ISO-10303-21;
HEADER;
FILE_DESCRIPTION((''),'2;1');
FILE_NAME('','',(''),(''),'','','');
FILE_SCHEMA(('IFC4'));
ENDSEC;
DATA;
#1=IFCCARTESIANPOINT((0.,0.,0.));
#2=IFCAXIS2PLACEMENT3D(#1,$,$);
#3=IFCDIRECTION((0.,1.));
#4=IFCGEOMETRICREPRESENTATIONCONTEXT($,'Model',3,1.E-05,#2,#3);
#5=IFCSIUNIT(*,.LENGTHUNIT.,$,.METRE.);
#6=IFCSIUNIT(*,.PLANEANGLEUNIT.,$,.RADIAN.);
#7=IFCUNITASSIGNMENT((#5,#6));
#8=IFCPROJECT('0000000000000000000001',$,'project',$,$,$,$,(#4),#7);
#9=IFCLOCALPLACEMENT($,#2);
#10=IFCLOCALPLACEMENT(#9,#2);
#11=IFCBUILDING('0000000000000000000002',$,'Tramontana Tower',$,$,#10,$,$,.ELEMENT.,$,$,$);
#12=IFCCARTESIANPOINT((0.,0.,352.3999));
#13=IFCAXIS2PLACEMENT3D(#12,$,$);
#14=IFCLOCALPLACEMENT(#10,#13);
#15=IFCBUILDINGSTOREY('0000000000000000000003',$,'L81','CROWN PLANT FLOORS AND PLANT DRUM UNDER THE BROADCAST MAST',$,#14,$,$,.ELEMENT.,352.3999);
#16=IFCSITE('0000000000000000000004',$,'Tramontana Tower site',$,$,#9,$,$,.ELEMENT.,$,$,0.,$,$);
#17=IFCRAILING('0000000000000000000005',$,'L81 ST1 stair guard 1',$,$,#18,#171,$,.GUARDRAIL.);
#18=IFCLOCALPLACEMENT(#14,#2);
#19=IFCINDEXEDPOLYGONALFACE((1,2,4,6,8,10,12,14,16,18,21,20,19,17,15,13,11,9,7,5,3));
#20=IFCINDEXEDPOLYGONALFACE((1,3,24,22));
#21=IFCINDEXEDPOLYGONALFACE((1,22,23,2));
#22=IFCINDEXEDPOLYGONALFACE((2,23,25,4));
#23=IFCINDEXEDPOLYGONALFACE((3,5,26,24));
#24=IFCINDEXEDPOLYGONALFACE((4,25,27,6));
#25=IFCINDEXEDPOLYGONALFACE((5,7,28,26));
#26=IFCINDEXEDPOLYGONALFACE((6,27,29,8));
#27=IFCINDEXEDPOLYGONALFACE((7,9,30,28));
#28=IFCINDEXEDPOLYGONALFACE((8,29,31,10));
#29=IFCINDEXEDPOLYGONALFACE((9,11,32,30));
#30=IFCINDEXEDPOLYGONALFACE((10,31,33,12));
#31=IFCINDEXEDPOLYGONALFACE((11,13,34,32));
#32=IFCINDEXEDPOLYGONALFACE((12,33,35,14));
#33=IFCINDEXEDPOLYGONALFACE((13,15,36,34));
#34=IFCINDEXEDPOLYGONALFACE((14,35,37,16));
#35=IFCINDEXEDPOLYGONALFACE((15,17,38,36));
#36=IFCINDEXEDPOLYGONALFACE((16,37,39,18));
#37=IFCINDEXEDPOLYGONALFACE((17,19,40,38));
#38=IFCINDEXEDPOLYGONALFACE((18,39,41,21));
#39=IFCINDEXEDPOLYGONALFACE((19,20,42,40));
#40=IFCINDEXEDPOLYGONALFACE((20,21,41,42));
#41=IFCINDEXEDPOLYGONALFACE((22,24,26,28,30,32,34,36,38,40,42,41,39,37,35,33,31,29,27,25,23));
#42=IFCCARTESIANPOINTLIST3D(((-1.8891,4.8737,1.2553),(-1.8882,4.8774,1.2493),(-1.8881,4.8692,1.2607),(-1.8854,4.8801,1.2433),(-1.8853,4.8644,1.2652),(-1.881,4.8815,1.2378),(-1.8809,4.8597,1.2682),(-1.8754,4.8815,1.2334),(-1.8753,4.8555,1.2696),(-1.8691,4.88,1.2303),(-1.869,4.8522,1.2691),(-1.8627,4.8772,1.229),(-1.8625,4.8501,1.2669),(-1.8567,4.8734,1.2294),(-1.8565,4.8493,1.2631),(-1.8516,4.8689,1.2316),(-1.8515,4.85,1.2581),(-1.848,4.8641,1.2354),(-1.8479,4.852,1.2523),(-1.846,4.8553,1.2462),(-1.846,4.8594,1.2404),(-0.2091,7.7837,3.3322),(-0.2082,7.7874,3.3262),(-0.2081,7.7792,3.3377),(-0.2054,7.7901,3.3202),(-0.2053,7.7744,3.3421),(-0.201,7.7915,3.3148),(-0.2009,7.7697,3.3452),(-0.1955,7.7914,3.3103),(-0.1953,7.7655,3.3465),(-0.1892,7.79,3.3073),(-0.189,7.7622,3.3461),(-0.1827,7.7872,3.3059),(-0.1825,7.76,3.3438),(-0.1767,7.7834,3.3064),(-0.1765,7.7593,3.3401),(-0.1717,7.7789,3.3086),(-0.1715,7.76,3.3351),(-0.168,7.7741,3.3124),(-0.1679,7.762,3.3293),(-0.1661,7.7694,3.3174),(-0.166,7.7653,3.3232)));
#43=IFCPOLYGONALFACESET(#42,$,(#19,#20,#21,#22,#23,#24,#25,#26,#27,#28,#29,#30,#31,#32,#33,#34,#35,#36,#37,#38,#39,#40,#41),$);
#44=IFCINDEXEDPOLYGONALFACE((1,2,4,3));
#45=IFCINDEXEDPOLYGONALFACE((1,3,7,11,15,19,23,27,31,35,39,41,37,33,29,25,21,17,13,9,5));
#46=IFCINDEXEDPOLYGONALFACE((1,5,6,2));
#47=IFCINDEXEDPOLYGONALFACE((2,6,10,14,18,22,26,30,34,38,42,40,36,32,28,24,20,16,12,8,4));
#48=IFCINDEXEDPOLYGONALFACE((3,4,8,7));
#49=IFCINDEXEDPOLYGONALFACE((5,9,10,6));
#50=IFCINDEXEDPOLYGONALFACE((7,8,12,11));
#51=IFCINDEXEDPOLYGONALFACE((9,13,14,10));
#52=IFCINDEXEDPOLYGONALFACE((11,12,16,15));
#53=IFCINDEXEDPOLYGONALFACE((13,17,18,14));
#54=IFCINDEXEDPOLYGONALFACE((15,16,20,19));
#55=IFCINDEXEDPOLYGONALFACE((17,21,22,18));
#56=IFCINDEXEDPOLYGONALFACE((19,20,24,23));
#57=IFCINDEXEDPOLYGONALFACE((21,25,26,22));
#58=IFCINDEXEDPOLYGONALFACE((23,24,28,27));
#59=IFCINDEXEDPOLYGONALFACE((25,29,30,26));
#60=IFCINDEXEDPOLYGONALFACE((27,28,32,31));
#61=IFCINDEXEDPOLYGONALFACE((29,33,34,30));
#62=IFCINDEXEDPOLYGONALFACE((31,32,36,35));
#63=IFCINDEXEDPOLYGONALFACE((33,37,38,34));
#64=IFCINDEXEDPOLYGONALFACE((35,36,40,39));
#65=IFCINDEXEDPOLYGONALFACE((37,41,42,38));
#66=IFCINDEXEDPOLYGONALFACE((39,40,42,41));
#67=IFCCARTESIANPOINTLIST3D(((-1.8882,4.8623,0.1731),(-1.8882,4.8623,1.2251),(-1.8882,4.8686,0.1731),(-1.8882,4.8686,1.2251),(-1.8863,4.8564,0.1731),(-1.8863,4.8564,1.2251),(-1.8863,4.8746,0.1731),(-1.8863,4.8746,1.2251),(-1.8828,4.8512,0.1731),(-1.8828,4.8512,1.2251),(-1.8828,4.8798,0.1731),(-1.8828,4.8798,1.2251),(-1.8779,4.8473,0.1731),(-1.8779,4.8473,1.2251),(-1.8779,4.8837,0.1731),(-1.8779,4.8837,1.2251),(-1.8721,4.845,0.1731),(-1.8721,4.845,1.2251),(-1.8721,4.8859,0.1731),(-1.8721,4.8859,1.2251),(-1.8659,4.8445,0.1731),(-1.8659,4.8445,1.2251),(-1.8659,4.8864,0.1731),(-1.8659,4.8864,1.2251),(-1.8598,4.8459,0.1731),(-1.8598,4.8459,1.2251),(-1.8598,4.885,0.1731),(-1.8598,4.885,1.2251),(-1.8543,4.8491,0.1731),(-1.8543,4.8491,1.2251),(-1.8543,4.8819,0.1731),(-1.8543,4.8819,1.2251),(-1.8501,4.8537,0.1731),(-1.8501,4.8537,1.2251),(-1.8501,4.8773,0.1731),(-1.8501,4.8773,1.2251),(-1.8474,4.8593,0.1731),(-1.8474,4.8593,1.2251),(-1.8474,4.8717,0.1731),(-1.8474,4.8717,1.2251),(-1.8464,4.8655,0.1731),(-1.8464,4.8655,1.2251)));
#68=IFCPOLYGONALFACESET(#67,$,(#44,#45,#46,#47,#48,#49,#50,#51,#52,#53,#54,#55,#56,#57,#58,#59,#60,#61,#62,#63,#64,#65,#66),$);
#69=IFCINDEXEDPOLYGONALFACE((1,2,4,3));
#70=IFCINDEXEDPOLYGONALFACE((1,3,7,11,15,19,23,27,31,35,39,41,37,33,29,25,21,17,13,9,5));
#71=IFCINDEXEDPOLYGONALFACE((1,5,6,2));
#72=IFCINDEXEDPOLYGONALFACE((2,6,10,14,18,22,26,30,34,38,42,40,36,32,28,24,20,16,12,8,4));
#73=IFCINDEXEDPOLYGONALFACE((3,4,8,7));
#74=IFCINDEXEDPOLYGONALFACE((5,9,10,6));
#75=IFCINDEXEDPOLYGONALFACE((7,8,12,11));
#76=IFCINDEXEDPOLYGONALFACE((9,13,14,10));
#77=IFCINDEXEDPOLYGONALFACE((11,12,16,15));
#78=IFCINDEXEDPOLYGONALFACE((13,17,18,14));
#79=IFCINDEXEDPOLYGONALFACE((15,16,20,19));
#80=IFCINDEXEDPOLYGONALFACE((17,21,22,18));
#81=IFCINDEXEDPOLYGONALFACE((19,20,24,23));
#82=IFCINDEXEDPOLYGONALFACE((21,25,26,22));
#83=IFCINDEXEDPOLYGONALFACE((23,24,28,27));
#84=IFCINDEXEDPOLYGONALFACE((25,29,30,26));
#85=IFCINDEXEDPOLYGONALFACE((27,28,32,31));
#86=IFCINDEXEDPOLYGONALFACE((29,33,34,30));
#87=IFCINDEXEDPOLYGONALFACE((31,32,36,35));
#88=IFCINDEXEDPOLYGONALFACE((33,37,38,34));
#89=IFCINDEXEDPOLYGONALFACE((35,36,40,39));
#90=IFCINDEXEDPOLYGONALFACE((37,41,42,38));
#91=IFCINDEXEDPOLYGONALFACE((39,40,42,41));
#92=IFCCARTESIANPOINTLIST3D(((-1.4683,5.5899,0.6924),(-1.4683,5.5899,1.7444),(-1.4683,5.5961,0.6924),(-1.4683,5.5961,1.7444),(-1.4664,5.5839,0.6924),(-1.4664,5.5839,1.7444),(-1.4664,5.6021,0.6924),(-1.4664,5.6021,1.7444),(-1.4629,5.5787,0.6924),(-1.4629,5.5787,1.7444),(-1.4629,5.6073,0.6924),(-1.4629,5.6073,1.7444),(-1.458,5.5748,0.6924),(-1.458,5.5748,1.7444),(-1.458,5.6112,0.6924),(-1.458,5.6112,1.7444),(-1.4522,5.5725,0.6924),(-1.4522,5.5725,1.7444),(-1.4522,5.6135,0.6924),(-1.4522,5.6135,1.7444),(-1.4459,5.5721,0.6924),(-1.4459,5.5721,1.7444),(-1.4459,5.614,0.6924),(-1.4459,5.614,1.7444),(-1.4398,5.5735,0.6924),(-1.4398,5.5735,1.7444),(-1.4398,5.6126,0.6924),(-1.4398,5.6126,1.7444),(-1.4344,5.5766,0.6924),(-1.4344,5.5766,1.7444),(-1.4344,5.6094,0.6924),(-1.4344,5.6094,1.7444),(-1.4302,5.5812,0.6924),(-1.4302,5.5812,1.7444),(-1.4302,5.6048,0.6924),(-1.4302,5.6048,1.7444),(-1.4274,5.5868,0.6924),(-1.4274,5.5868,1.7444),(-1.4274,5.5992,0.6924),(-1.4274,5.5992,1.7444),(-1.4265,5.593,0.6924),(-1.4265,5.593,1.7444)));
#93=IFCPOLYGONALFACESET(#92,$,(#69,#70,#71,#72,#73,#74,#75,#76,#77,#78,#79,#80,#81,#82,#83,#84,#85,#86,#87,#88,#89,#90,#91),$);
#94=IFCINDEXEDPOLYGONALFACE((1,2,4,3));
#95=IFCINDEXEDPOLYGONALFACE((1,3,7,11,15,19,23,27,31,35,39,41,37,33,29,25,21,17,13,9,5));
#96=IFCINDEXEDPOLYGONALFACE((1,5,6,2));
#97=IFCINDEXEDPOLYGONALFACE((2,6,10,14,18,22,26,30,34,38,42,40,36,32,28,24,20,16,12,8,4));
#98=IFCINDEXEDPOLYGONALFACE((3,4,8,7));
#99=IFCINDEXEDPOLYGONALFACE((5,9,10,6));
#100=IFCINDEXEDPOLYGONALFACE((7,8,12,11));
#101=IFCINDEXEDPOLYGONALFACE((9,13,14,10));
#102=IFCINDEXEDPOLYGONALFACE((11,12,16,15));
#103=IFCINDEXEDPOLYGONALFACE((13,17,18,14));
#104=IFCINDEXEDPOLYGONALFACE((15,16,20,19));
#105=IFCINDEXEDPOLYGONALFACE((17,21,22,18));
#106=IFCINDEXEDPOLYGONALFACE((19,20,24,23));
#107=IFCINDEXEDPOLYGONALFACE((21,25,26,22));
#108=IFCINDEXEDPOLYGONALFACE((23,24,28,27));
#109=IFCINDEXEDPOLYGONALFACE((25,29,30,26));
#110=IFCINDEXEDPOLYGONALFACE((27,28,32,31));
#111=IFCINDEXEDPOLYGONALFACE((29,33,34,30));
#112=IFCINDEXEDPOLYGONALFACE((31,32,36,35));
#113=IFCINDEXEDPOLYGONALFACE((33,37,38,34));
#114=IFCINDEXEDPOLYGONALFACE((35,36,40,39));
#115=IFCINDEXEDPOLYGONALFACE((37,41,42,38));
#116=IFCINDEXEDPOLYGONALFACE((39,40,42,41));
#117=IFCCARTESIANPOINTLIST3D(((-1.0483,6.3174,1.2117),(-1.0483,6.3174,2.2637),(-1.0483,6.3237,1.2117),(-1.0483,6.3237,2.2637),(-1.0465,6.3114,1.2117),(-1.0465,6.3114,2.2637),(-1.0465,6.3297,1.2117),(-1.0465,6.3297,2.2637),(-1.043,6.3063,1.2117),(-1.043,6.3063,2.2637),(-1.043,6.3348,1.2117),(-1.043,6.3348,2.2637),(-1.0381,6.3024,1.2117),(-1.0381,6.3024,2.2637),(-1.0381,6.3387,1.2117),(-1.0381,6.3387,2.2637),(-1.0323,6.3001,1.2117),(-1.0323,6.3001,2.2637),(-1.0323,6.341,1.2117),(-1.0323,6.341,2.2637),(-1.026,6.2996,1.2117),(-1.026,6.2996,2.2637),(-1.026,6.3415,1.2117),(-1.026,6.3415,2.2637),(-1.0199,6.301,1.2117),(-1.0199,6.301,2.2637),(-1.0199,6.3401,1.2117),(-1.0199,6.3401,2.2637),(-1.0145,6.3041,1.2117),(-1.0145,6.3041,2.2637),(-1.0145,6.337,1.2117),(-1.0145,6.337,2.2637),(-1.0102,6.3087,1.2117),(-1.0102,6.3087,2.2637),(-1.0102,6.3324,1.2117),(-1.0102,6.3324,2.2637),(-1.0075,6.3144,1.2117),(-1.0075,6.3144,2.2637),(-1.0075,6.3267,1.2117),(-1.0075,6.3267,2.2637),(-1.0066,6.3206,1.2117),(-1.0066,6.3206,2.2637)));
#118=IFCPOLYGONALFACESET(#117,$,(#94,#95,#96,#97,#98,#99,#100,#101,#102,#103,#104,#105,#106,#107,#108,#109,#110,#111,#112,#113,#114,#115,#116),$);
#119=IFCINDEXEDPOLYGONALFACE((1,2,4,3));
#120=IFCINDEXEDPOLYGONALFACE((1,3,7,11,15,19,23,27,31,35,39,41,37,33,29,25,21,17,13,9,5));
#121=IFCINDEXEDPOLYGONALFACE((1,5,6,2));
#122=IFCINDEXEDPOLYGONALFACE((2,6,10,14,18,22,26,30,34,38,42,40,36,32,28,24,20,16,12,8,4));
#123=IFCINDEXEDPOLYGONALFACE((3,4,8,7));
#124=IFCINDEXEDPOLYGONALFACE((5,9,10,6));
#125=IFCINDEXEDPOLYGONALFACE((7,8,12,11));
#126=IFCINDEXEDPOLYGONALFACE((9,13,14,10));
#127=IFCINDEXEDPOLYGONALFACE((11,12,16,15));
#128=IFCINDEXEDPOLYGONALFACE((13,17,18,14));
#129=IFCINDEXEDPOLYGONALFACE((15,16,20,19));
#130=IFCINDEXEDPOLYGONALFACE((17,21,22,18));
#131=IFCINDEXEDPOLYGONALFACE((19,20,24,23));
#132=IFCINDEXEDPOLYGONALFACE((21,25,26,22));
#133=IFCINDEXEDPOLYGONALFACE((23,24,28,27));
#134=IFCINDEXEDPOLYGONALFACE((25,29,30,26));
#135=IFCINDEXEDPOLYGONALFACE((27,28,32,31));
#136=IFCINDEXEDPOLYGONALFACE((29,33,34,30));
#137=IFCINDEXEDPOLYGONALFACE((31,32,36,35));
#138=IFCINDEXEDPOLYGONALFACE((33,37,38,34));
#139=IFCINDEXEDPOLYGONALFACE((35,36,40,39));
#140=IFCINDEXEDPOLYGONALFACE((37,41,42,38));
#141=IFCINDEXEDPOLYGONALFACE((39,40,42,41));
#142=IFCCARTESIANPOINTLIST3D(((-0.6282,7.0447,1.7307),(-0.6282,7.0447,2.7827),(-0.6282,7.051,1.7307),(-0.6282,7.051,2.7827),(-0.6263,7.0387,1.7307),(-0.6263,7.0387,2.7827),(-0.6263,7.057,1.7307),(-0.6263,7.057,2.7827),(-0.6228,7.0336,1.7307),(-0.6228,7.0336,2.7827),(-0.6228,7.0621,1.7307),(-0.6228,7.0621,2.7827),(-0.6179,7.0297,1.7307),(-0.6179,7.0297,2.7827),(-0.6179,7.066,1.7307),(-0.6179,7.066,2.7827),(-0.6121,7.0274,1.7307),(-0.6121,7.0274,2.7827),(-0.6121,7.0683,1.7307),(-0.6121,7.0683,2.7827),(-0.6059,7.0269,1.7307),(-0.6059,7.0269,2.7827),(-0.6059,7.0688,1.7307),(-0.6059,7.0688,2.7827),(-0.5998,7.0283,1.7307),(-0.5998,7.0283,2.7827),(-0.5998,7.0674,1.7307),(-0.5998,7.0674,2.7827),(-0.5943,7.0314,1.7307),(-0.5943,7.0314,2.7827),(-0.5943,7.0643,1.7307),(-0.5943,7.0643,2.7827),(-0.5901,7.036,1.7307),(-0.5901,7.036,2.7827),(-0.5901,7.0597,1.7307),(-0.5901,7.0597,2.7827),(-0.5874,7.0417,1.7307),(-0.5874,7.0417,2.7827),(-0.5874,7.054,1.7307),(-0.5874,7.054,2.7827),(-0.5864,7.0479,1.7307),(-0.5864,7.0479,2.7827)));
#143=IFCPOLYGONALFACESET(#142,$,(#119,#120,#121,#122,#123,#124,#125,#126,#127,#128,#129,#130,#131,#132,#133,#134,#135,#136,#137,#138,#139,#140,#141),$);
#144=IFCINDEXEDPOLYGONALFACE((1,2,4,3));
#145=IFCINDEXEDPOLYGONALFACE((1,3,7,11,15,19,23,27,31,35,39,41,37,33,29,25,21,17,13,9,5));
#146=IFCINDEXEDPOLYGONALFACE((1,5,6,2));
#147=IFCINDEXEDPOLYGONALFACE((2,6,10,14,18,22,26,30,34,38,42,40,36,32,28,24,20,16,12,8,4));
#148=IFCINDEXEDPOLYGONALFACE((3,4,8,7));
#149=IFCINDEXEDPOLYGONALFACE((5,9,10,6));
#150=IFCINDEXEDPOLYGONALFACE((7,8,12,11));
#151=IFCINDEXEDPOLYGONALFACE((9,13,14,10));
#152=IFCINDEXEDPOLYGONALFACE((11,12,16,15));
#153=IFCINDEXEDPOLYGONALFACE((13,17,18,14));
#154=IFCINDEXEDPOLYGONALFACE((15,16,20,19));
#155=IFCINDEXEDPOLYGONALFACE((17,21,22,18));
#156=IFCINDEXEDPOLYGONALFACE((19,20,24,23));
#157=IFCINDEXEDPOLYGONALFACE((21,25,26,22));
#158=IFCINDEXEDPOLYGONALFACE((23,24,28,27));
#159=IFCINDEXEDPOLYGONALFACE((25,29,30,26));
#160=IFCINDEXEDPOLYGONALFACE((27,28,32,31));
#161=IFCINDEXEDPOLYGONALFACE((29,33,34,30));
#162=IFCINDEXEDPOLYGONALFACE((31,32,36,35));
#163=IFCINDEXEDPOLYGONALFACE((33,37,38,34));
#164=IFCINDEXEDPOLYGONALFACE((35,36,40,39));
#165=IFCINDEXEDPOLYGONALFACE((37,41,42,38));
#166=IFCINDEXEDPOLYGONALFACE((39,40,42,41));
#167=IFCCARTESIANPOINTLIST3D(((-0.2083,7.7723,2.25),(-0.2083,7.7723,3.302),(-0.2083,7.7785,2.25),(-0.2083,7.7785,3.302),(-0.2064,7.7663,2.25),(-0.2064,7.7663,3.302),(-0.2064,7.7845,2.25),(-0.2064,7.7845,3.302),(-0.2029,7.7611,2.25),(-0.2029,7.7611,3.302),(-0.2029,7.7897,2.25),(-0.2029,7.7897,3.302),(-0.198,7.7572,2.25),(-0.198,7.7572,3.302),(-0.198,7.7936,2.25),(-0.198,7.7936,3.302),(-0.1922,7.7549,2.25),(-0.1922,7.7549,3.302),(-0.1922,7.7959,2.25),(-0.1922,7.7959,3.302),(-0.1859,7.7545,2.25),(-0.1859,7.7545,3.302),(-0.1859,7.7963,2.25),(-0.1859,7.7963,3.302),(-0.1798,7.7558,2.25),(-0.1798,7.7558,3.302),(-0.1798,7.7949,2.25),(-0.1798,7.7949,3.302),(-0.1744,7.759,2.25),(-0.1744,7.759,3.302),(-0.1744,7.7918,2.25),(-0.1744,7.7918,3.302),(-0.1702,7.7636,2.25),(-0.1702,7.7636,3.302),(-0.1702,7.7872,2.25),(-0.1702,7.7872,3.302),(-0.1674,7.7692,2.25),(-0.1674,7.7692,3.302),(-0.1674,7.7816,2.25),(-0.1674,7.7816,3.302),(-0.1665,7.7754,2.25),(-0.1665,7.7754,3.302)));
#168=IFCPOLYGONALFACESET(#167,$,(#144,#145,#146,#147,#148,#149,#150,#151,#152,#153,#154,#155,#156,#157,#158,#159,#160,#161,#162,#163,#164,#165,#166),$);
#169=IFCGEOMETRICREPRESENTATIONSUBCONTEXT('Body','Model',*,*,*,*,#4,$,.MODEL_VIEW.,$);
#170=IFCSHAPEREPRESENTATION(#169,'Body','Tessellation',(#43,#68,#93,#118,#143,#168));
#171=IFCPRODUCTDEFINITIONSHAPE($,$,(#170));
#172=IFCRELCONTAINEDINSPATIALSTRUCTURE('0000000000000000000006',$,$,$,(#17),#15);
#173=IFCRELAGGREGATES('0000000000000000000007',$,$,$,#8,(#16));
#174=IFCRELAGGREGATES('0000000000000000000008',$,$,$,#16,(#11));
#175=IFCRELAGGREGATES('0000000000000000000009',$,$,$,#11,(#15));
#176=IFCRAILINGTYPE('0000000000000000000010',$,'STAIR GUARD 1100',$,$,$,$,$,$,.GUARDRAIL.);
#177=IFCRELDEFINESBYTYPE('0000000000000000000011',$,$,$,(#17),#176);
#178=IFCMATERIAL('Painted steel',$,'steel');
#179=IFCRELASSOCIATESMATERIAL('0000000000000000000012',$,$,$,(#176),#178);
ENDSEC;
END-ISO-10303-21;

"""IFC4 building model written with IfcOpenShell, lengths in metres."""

from ifc_helpers import new_model, si_unit, direction, frame, origin, origin_2d, place, context, subcontext, project, spatial, circle, extrude, material, type_object, element, save


model = new_model("IFC4")

# Units and contexts
model_context = context("Model", 3, precision=1e-05, world=origin(), true_north=direction((0.0, 1.0)))
body_context = subcontext(model_context, "Body", "Model", "MODEL_VIEW")
ifc_project = project(units=[si_unit("LENGTHUNIT", "METRE"), si_unit("PLANEANGLEUNIT", "RADIAN")], contexts=[model_context])

# Site, building, storey
site_placement = place(None, origin())
site = spatial("IfcSite", under=ifc_project, at=site_placement, Name="Tramontana Tower site", CompositionType="ELEMENT", RefElevation=0.0)
building_placement = place(site_placement, origin())
building = spatial("IfcBuilding", under=site, at=building_placement, Name="Tramontana Tower", CompositionType="ELEMENT")
storey_placement = place(building_placement, frame((0.0, 0.0, 352.3999)))
storey = spatial("IfcBuildingStorey", under=building, at=storey_placement, Name="L81", Description="CROWN PLANT FLOORS AND PLANT DRUM UNDER THE BROADCAST MAST", CompositionType="ELEMENT", Elevation=352.3999)

# Railing
ifc_material_1 = material(Name="Painted steel", Category="steel")
railing_type_1 = type_object("IfcRailingType", Name="STAIR GUARD 1100", PredefinedType="GUARDRAIL", material=ifc_material_1)
railing_1_placement = place(storey_placement, frame((-1.8674, 4.8655, 0.1731)))
element("IfcRailing", 1, at=railing_1_placement, inside=storey, type_object=railing_type_1, Name="L81 ST1 stair guard 1", PredefinedType="GUARDRAIL", context=body_context, shape_type="SweptSolid", body=[
    extrude(circle(Radius=0.0239, at=origin_2d()), frame((0.0, 0.0, 1.0762), z_axis=(0.425288, 0.736668, 0.525785), x_axis=(-0.866039, 0.499976, 0.0)), (0.0, 0.0, 1.0), 3.9502),
    extrude(circle(Radius=0.021, at=origin_2d()), origin(), (0.0, 0.0, 1.0), 1.052),
    extrude(circle(Radius=0.021, at=origin_2d()), frame((0.4199, 0.7275, 0.5193)), (0.0, 0.0, 1.0), 1.052),
    extrude(circle(Radius=0.021, at=origin_2d()), frame((0.8398, 1.4551, 1.0386)), (0.0, 0.0, 1.0), 1.052),
    extrude(circle(Radius=0.021, at=origin_2d()), frame((1.26, 2.1824, 1.5576)), (0.0, 0.0, 1.0), 1.052),
    extrude(circle(Radius=0.021, at=origin_2d()), frame((1.6799, 2.9099, 2.0769)), (0.0, 0.0, 1.0), 1.052),
])

save(model, "model.ifc")
